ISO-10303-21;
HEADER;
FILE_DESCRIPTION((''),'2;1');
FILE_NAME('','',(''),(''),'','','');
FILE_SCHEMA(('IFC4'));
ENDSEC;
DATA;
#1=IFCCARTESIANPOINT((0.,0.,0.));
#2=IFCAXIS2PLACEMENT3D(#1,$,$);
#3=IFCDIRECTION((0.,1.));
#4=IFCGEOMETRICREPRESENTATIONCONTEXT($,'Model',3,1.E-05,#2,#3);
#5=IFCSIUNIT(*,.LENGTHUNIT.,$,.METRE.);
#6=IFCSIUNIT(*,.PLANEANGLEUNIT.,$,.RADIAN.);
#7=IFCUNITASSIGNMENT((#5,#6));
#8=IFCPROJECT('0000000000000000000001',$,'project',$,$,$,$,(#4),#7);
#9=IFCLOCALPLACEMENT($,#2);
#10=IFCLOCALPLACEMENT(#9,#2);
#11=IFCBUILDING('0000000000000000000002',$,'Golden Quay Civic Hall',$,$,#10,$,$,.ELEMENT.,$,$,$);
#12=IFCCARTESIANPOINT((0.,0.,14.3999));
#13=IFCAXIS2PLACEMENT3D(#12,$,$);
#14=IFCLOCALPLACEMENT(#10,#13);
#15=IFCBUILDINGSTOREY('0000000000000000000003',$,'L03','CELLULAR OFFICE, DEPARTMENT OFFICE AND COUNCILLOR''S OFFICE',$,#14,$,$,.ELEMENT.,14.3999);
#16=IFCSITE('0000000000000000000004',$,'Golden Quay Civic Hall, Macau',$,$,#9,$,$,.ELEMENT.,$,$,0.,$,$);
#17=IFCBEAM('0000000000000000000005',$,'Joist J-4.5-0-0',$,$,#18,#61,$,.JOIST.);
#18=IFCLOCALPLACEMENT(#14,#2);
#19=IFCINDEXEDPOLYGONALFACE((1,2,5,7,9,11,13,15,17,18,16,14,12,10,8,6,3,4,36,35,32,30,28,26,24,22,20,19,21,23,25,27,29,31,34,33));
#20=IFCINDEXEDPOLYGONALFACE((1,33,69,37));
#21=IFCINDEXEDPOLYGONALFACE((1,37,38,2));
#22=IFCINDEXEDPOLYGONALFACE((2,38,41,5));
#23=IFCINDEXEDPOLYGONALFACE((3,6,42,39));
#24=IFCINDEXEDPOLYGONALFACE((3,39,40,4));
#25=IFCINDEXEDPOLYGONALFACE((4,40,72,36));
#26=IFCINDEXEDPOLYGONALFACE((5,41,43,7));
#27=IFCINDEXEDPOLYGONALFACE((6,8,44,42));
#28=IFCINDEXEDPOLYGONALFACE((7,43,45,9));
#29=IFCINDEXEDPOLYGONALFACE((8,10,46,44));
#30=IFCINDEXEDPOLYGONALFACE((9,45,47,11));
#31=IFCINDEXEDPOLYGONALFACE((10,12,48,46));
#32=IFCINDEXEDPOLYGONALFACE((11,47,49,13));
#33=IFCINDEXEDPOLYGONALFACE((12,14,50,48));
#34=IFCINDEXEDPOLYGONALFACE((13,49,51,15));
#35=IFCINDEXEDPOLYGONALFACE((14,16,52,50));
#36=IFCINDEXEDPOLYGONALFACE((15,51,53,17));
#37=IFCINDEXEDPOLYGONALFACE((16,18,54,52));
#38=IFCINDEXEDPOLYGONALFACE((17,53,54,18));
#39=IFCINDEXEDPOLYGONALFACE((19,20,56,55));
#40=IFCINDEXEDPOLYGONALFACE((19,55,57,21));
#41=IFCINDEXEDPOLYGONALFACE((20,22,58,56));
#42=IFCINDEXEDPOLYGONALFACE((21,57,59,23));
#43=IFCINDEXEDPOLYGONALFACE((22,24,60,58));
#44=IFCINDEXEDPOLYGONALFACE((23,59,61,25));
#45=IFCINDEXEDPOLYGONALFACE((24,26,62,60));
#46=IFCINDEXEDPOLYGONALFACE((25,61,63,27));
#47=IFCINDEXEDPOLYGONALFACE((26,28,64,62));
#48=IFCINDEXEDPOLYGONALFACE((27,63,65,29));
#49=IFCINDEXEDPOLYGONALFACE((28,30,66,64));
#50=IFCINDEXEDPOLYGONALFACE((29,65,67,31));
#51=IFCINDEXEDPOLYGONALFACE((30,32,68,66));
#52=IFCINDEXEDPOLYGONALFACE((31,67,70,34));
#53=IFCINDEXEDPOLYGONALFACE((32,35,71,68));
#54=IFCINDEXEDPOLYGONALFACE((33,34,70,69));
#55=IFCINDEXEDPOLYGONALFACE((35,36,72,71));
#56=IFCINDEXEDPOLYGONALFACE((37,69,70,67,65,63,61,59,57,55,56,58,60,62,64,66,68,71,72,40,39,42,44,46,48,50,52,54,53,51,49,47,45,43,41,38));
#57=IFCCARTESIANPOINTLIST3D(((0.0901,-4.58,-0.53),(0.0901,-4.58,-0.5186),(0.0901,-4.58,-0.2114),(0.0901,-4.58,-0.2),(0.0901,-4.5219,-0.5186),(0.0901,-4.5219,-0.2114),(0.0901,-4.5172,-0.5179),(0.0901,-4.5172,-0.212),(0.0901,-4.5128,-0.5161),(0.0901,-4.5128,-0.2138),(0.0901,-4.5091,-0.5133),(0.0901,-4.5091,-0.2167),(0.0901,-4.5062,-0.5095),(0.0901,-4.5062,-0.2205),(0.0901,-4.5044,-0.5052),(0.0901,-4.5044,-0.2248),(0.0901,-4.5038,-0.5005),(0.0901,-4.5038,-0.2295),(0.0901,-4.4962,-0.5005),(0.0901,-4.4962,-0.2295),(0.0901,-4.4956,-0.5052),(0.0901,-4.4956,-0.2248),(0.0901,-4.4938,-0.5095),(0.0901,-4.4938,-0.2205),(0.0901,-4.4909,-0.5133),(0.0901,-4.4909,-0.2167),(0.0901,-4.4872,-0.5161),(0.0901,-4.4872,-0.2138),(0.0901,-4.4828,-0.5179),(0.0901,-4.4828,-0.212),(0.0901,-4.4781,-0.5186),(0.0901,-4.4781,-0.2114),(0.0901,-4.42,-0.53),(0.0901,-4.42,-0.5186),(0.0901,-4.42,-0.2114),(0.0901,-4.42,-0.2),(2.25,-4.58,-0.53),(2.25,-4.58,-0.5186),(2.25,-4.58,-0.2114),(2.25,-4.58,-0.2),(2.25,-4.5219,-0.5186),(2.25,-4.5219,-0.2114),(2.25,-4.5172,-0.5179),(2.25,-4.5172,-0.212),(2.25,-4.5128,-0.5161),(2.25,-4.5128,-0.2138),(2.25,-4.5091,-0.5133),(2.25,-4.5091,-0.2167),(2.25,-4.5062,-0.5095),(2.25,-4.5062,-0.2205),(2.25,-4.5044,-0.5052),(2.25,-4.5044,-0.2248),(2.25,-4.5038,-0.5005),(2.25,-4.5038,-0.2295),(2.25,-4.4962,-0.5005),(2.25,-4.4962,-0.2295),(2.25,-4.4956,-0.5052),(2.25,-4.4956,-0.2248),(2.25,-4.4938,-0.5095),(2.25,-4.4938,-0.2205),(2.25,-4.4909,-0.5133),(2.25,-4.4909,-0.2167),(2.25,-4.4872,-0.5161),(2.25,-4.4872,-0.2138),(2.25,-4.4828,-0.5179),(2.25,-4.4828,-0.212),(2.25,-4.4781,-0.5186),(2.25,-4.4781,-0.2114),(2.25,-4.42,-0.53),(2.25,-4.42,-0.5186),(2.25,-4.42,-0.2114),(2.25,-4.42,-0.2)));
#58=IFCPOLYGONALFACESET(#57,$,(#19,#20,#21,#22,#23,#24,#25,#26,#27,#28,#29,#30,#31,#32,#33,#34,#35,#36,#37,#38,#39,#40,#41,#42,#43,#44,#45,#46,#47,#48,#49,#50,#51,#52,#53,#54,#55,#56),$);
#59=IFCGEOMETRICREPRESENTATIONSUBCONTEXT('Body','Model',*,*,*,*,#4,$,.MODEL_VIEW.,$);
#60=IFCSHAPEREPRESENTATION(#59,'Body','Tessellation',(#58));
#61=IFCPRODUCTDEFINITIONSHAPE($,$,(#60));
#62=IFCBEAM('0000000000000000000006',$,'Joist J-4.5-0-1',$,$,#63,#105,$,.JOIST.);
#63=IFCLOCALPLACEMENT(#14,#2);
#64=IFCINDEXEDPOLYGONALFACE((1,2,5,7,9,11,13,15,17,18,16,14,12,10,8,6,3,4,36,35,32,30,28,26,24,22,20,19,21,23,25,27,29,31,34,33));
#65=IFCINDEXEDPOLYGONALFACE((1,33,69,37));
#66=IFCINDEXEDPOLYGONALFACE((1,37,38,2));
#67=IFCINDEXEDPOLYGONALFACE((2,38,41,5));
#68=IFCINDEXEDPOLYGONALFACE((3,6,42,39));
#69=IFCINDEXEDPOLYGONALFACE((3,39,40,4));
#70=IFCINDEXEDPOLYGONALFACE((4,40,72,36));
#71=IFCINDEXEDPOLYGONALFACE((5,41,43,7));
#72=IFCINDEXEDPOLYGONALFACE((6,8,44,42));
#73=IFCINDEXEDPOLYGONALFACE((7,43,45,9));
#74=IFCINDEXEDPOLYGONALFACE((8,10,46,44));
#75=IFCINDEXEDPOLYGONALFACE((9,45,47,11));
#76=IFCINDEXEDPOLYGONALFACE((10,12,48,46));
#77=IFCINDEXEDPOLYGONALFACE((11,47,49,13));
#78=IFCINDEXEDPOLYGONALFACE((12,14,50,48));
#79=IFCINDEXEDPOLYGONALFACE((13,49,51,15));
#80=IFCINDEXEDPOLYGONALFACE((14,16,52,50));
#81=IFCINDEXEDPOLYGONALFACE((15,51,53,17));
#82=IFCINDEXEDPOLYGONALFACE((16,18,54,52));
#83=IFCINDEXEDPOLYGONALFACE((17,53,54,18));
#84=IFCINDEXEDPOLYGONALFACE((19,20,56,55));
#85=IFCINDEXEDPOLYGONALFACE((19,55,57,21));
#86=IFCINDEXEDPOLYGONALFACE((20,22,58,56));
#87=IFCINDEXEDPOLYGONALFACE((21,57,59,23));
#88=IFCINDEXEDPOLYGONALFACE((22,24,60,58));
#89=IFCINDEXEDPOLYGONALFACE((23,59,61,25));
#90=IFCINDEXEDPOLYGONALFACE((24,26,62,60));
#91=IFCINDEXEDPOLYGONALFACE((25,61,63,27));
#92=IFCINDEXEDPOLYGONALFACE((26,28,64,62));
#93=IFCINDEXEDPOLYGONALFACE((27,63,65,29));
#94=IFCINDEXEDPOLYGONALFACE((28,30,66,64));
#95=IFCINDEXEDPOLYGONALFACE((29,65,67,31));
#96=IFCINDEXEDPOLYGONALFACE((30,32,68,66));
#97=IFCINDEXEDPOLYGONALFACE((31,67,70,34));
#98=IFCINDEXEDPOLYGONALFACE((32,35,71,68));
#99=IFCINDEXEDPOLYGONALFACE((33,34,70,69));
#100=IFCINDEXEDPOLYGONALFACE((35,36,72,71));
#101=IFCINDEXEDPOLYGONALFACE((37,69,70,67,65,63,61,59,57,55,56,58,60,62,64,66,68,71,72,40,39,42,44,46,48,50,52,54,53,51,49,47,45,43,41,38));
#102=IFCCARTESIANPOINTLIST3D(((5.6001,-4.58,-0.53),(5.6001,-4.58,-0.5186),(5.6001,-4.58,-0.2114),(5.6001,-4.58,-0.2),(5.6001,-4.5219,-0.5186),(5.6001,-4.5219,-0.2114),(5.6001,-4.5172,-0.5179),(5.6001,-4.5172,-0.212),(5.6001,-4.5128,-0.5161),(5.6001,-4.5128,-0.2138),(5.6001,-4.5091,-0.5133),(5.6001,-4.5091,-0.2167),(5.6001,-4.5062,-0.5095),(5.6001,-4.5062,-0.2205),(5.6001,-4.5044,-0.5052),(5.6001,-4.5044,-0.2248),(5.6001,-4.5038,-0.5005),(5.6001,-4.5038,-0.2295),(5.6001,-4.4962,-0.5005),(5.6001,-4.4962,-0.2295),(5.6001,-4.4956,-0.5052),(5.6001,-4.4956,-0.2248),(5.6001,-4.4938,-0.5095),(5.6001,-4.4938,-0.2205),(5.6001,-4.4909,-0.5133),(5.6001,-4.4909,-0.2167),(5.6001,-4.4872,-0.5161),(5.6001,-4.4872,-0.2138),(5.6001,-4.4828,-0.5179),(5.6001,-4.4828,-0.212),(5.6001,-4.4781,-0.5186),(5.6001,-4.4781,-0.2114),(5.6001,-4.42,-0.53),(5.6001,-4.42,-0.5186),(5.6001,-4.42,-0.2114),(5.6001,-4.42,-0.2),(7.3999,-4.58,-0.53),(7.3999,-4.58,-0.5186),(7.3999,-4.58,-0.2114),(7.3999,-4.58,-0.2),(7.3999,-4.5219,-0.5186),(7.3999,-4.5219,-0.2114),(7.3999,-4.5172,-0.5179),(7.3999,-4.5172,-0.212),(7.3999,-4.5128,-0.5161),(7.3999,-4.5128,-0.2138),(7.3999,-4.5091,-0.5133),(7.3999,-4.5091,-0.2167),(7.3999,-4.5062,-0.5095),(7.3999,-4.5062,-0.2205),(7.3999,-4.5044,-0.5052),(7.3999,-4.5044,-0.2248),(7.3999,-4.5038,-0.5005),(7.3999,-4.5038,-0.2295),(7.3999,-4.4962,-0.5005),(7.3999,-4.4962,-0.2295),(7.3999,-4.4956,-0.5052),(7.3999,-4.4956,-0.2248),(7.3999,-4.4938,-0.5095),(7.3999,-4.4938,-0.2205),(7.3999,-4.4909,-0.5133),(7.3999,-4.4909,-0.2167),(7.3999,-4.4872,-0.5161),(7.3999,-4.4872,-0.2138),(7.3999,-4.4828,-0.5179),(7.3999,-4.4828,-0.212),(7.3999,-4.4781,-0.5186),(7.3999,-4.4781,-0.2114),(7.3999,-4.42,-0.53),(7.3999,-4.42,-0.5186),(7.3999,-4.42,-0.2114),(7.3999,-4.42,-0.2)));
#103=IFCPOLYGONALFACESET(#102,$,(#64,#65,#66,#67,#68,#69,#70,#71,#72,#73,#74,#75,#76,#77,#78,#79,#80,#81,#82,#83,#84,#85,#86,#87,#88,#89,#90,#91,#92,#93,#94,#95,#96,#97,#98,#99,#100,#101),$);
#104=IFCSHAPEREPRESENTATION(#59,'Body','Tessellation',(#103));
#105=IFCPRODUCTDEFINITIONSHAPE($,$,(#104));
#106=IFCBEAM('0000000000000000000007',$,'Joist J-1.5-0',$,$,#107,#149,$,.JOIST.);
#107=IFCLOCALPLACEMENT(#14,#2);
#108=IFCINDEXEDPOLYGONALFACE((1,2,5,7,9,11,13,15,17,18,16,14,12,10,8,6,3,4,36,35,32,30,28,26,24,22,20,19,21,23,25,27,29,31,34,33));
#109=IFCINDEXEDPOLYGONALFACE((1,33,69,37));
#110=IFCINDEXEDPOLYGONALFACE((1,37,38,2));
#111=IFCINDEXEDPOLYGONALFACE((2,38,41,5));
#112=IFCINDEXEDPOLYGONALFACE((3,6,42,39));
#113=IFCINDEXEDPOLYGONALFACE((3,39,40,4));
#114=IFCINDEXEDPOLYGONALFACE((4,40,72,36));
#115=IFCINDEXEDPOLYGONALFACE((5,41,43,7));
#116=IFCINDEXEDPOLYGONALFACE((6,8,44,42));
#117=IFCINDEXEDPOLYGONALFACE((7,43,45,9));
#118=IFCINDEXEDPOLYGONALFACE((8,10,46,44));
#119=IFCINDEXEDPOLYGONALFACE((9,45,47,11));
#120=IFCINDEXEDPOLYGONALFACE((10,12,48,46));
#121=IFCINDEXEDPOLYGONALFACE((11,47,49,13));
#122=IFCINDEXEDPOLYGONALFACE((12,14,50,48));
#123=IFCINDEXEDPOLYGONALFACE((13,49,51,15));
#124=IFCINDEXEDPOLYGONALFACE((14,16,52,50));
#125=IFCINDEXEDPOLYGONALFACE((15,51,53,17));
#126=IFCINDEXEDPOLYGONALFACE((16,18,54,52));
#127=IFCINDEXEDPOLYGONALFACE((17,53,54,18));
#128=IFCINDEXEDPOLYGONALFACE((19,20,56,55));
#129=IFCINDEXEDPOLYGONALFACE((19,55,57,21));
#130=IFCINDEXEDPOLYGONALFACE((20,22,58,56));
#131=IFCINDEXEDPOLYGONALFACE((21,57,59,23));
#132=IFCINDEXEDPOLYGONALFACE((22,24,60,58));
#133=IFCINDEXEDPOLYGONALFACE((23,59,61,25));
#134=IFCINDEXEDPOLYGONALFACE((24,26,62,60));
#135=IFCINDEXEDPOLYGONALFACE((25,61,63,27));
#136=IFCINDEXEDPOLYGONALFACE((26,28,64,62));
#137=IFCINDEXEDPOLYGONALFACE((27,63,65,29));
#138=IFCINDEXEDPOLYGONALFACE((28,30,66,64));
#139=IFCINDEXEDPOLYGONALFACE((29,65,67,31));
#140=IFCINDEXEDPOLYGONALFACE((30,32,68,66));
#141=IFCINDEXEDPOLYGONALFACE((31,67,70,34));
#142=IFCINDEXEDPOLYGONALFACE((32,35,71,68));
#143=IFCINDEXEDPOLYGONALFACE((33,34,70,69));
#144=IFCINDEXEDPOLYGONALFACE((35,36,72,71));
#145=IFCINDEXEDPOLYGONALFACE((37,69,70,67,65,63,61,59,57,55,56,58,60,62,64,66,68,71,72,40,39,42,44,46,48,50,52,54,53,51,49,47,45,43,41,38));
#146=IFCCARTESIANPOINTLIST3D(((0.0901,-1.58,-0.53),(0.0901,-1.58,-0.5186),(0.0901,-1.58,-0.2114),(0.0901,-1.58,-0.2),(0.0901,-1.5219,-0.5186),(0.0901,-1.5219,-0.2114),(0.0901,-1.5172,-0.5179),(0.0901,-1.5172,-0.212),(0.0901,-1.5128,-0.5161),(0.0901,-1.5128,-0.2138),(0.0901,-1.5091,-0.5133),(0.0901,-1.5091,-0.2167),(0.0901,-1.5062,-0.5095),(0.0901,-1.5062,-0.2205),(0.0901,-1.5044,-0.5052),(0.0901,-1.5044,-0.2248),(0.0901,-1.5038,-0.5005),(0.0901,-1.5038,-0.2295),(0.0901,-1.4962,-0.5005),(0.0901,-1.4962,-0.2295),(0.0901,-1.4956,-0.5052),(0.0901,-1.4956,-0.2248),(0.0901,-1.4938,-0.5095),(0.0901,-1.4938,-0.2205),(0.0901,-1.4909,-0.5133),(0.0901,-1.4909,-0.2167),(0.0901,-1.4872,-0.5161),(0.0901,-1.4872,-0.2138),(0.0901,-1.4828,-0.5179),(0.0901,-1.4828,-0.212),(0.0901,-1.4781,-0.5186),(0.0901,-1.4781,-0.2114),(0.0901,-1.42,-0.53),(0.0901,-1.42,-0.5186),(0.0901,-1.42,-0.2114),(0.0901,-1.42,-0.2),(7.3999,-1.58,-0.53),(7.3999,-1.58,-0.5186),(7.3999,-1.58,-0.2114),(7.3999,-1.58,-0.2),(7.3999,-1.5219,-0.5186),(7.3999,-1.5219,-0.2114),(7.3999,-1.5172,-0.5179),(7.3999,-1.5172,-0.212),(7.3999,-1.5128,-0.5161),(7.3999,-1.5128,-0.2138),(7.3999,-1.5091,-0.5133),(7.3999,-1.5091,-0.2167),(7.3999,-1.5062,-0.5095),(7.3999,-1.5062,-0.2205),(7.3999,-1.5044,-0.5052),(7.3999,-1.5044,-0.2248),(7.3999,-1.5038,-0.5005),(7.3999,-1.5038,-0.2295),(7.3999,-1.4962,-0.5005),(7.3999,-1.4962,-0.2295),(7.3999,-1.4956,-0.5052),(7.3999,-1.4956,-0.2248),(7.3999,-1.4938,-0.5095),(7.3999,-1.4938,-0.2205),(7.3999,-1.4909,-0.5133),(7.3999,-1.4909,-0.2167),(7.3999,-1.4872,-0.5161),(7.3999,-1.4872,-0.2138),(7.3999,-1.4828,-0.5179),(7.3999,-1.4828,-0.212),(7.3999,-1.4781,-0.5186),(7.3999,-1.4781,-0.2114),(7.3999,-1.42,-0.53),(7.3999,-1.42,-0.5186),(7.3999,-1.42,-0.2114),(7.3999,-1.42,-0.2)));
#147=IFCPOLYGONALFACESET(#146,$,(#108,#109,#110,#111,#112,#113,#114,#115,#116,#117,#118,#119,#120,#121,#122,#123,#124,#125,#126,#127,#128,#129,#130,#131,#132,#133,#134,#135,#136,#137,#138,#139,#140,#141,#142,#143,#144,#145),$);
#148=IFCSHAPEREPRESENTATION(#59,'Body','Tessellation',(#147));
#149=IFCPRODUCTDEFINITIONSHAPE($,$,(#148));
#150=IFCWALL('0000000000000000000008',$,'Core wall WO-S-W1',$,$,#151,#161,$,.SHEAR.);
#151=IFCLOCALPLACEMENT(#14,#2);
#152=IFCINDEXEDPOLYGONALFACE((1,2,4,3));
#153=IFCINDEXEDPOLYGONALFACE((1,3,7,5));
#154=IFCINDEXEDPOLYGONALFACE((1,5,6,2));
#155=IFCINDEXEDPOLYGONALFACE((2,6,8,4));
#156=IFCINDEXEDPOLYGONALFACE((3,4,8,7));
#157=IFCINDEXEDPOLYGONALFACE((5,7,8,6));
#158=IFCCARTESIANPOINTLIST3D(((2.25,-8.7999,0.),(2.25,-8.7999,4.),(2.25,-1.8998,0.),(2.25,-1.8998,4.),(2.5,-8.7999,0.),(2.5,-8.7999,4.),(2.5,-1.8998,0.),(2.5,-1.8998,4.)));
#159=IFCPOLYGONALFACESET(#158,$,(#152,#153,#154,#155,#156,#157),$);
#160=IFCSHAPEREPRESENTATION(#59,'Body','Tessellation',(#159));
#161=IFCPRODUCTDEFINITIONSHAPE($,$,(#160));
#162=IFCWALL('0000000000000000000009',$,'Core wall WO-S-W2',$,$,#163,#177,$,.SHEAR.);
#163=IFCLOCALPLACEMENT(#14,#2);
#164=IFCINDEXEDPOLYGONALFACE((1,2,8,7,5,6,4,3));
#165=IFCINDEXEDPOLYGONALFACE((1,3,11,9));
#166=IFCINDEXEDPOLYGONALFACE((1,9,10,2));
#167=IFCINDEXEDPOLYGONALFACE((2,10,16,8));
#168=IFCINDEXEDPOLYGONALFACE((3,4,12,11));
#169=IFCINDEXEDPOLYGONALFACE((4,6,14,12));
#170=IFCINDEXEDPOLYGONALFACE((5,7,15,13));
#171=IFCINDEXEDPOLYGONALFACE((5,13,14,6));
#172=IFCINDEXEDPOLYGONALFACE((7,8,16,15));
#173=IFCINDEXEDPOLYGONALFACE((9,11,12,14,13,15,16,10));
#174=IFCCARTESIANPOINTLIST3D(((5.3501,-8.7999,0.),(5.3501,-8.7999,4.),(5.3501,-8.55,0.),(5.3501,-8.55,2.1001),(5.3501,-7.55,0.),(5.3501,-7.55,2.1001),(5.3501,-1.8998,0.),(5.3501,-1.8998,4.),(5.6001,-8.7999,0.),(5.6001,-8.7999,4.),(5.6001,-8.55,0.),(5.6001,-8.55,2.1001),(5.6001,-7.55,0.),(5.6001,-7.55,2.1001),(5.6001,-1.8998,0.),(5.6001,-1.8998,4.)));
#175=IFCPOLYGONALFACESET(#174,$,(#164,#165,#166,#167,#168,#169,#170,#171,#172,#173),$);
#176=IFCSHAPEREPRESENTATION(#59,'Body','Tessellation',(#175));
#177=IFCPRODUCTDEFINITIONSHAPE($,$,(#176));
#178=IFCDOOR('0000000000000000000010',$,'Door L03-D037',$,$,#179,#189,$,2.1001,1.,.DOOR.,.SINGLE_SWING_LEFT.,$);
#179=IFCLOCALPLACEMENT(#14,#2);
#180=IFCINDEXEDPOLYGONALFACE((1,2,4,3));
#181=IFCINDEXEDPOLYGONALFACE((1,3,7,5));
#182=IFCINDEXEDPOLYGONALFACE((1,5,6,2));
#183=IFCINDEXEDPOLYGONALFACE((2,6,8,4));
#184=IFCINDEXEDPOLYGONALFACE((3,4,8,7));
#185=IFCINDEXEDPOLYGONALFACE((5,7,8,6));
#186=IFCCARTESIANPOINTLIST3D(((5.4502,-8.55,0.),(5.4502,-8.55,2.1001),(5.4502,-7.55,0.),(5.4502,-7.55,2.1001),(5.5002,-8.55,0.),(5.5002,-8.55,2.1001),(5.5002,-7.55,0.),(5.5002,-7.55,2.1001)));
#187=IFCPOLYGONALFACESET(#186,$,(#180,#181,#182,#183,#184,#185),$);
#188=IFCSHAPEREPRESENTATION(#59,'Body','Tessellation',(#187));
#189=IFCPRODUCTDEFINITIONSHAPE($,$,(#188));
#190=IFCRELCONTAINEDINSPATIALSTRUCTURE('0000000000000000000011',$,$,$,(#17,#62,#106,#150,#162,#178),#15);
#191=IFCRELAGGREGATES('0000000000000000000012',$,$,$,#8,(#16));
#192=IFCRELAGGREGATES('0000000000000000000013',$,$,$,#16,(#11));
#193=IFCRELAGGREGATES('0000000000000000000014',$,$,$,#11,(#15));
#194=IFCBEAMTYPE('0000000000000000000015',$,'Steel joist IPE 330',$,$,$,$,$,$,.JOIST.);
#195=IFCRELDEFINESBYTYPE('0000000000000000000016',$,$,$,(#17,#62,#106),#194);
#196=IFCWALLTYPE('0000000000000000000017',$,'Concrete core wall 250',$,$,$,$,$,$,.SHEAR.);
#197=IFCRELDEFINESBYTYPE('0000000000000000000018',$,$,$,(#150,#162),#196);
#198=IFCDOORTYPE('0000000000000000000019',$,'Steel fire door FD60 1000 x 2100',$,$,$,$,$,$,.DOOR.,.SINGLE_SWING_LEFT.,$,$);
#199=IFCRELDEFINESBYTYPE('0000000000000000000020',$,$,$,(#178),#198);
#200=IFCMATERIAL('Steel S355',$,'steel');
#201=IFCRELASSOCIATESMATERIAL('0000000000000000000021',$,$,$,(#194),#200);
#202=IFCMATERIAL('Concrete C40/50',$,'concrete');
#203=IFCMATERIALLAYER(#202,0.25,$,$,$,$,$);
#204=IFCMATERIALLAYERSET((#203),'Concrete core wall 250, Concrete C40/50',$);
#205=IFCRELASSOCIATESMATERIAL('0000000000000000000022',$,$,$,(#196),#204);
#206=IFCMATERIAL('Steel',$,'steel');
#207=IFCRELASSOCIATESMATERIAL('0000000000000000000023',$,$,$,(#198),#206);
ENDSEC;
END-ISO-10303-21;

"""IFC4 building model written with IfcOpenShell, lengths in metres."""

from ifc_helpers import new_model, si_unit, direction, frame, frame_2d, origin, origin_2d, place, context, subcontext, project, spatial, rectangle, i_section, extrude, material, layer, layer_set, material_profile, profile_set, type_object, element, fill, save


model = new_model("IFC4")

# Units and contexts
model_context = context("Model", 3, precision=1e-05, world=origin(), true_north=direction((0.0, 1.0)))
body_context = subcontext(model_context, "Body", "Model", "MODEL_VIEW")
ifc_project = project(units=[si_unit("LENGTHUNIT", "METRE"), si_unit("PLANEANGLEUNIT", "RADIAN")], contexts=[model_context])

# Site, building, storey
site_placement = place(None, origin())
site = spatial("IfcSite", under=ifc_project, at=site_placement, Name="Golden Quay Civic Hall, Macau", CompositionType="ELEMENT", RefElevation=0.0)
building_placement = place(site_placement, origin())
building = spatial("IfcBuilding", under=site, at=building_placement, Name="Golden Quay Civic Hall", CompositionType="ELEMENT")
storey_placement = place(building_placement, frame((0.0, 0.0, 14.3999)))
storey = spatial("IfcBuildingStorey", under=building, at=storey_placement, Name="L03", Description="CELLULAR OFFICE, DEPARTMENT OFFICE AND COUNCILLOR'S OFFICE", CompositionType="ELEMENT", Elevation=14.3999)

# Beams
ifc_material_1 = material(Name="Steel S355", Category="steel")
ifc_material_profile_1 = material_profile(ifc_material_1, i_section(OverallWidth=0.1599, OverallDepth=0.3301, WebThickness=0.0076, FlangeThickness=0.0115, FilletRadius=0.0181, at=origin_2d()), Name="IPE 330")
ifc_profile_set_1 = profile_set([ifc_material_profile_1], Name="Steel S355")
beam_type_1 = type_object("IfcBeamType", Name="Steel joist IPE 330", PredefinedType="JOIST", material=ifc_profile_set_1)
beam_1_placement = place(storey_placement, frame((0.0901, -4.5, -0.365), z_axis=(1.0, 0.0, 0.0), x_axis=(0.0, 1.0, 0.0)))
element("IfcBeam", 1, at=beam_1_placement, inside=storey, type_object=beam_type_1, Name="Joist J-4.5-0-0", PredefinedType="JOIST", context=body_context, shape_type="SweptSolid", body=[
    extrude(i_section(OverallWidth=0.1599, OverallDepth=0.3301, WebThickness=0.0076, FlangeThickness=0.0115, FilletRadius=0.0181, at=origin_2d()), origin(), (0.0, 0.0, 1.0), 2.1599),
])
beam_2_placement = place(storey_placement, frame((5.6001, -4.5, -0.365), z_axis=(1.0, 0.0, 0.0), x_axis=(0.0, 1.0, 0.0)))
element("IfcBeam", 2, at=beam_2_placement, inside=storey, type_object=beam_type_1, Name="Joist J-4.5-0-1", PredefinedType="JOIST", context=body_context, shape_type="SweptSolid", body=[
    extrude(i_section(OverallWidth=0.1599, OverallDepth=0.3301, WebThickness=0.0076, FlangeThickness=0.0115, FilletRadius=0.0181, at=origin_2d()), origin(), (0.0, 0.0, 1.0), 1.7998),
])
beam_3_placement = place(storey_placement, frame((0.0901, -1.5, -0.365), z_axis=(1.0, 0.0, 0.0), x_axis=(0.0, 1.0, 0.0)))
element("IfcBeam", 3, at=beam_3_placement, inside=storey, type_object=beam_type_1, Name="Joist J-1.5-0", PredefinedType="JOIST", context=body_context, shape_type="SweptSolid", body=[
    extrude(i_section(OverallWidth=0.1599, OverallDepth=0.3301, WebThickness=0.0076, FlangeThickness=0.0115, FilletRadius=0.0181, at=origin_2d()), origin(), (0.0, 0.0, 1.0), 7.3098),
])

# Wall
ifc_material_2 = material(Name="Concrete C40/50", Category="concrete")
ifc_layer = layer(ifc_material_2, 0.25)
ifc_layer_set = layer_set([ifc_layer], Name="Concrete core wall 250, Concrete C40/50")
wall_type = type_object("IfcWallType", Name="Concrete core wall 250", PredefinedType="SHEAR", material=ifc_layer_set)
wall_1_placement = place(storey_placement, frame((2.375, -8.8, 0.0), z_axis=(0.0, 0.0, 1.0), x_axis=(0.0, 1.0, 0.0)))
element("IfcWall", 4, at=wall_1_placement, inside=storey, type_object=wall_type, Name="Core wall WO-S-W1", PredefinedType="SHEAR", context=body_context, shape_type="SweptSolid", body=[
    extrude(rectangle(XDim=6.9001, YDim=0.25, at=frame_2d((3.4502, 0.0))), origin(), (0.0, 0.0, 1.0), 4.0),
])

# Wall, opening, door
wall_2_placement = place(storey_placement, frame((5.4751, -8.8, 0.0), z_axis=(0.0, 0.0, 1.0), x_axis=(0.0, 1.0, 0.0)))
wall_2 = element("IfcWall", 5, at=wall_2_placement, inside=storey, type_object=wall_type, Name="Core wall WO-S-W2", PredefinedType="SHEAR", context=body_context, shape_type="SweptSolid", body=[
    extrude(rectangle(XDim=6.9001, YDim=0.25, at=frame_2d((3.4502, 0.0))), origin(), (0.0, 0.0, 1.0), 4.0),
])
opening_1_placement = place(wall_2_placement, frame((0.25, 0.0, 0.0)))
opening_1 = element("IfcOpeningElement", 6, at=opening_1_placement, cuts=wall_2, PredefinedType="OPENING", context=body_context, shape_type="SweptSolid", body=[
    extrude(rectangle(XDim=1.0, YDim=2.1001, at=frame_2d((0.5, 1.05))), frame((0.0, 0.135, 0.0), z_axis=(0.0, -1.0, 0.0), x_axis=(1.0, 0.0, 0.0)), (0.0, 0.0, 1.0), 0.27),
])
ifc_material_3 = material(Name="Steel", Category="steel")
door_type_1 = type_object("IfcDoorType", Name="Steel fire door FD60 1000 x 2100", OperationType="SINGLE_SWING_LEFT", PredefinedType="DOOR", material=ifc_material_3)
door_1_placement = place(opening_1_placement, origin())
door_1 = element("IfcDoor", 7, at=door_1_placement, inside=storey, type_object=door_type_1, Name="Door L03-D037", OperationType="SINGLE_SWING_LEFT", OverallHeight=2.1001, OverallWidth=1.0, PredefinedType="DOOR", context=body_context, shape_type="SweptSolid", body=[
    extrude(rectangle(XDim=1.0, YDim=2.1001, at=frame_2d((0.5, 1.05))), frame((0.0, 0.0249, 0.0), z_axis=(0.0, -1.0, 0.0), x_axis=(1.0, 0.0, 0.0)), (0.0, 0.0, 1.0), 0.05),
])
fill(opening_1, door_1)

save(model, "model.ifc")
